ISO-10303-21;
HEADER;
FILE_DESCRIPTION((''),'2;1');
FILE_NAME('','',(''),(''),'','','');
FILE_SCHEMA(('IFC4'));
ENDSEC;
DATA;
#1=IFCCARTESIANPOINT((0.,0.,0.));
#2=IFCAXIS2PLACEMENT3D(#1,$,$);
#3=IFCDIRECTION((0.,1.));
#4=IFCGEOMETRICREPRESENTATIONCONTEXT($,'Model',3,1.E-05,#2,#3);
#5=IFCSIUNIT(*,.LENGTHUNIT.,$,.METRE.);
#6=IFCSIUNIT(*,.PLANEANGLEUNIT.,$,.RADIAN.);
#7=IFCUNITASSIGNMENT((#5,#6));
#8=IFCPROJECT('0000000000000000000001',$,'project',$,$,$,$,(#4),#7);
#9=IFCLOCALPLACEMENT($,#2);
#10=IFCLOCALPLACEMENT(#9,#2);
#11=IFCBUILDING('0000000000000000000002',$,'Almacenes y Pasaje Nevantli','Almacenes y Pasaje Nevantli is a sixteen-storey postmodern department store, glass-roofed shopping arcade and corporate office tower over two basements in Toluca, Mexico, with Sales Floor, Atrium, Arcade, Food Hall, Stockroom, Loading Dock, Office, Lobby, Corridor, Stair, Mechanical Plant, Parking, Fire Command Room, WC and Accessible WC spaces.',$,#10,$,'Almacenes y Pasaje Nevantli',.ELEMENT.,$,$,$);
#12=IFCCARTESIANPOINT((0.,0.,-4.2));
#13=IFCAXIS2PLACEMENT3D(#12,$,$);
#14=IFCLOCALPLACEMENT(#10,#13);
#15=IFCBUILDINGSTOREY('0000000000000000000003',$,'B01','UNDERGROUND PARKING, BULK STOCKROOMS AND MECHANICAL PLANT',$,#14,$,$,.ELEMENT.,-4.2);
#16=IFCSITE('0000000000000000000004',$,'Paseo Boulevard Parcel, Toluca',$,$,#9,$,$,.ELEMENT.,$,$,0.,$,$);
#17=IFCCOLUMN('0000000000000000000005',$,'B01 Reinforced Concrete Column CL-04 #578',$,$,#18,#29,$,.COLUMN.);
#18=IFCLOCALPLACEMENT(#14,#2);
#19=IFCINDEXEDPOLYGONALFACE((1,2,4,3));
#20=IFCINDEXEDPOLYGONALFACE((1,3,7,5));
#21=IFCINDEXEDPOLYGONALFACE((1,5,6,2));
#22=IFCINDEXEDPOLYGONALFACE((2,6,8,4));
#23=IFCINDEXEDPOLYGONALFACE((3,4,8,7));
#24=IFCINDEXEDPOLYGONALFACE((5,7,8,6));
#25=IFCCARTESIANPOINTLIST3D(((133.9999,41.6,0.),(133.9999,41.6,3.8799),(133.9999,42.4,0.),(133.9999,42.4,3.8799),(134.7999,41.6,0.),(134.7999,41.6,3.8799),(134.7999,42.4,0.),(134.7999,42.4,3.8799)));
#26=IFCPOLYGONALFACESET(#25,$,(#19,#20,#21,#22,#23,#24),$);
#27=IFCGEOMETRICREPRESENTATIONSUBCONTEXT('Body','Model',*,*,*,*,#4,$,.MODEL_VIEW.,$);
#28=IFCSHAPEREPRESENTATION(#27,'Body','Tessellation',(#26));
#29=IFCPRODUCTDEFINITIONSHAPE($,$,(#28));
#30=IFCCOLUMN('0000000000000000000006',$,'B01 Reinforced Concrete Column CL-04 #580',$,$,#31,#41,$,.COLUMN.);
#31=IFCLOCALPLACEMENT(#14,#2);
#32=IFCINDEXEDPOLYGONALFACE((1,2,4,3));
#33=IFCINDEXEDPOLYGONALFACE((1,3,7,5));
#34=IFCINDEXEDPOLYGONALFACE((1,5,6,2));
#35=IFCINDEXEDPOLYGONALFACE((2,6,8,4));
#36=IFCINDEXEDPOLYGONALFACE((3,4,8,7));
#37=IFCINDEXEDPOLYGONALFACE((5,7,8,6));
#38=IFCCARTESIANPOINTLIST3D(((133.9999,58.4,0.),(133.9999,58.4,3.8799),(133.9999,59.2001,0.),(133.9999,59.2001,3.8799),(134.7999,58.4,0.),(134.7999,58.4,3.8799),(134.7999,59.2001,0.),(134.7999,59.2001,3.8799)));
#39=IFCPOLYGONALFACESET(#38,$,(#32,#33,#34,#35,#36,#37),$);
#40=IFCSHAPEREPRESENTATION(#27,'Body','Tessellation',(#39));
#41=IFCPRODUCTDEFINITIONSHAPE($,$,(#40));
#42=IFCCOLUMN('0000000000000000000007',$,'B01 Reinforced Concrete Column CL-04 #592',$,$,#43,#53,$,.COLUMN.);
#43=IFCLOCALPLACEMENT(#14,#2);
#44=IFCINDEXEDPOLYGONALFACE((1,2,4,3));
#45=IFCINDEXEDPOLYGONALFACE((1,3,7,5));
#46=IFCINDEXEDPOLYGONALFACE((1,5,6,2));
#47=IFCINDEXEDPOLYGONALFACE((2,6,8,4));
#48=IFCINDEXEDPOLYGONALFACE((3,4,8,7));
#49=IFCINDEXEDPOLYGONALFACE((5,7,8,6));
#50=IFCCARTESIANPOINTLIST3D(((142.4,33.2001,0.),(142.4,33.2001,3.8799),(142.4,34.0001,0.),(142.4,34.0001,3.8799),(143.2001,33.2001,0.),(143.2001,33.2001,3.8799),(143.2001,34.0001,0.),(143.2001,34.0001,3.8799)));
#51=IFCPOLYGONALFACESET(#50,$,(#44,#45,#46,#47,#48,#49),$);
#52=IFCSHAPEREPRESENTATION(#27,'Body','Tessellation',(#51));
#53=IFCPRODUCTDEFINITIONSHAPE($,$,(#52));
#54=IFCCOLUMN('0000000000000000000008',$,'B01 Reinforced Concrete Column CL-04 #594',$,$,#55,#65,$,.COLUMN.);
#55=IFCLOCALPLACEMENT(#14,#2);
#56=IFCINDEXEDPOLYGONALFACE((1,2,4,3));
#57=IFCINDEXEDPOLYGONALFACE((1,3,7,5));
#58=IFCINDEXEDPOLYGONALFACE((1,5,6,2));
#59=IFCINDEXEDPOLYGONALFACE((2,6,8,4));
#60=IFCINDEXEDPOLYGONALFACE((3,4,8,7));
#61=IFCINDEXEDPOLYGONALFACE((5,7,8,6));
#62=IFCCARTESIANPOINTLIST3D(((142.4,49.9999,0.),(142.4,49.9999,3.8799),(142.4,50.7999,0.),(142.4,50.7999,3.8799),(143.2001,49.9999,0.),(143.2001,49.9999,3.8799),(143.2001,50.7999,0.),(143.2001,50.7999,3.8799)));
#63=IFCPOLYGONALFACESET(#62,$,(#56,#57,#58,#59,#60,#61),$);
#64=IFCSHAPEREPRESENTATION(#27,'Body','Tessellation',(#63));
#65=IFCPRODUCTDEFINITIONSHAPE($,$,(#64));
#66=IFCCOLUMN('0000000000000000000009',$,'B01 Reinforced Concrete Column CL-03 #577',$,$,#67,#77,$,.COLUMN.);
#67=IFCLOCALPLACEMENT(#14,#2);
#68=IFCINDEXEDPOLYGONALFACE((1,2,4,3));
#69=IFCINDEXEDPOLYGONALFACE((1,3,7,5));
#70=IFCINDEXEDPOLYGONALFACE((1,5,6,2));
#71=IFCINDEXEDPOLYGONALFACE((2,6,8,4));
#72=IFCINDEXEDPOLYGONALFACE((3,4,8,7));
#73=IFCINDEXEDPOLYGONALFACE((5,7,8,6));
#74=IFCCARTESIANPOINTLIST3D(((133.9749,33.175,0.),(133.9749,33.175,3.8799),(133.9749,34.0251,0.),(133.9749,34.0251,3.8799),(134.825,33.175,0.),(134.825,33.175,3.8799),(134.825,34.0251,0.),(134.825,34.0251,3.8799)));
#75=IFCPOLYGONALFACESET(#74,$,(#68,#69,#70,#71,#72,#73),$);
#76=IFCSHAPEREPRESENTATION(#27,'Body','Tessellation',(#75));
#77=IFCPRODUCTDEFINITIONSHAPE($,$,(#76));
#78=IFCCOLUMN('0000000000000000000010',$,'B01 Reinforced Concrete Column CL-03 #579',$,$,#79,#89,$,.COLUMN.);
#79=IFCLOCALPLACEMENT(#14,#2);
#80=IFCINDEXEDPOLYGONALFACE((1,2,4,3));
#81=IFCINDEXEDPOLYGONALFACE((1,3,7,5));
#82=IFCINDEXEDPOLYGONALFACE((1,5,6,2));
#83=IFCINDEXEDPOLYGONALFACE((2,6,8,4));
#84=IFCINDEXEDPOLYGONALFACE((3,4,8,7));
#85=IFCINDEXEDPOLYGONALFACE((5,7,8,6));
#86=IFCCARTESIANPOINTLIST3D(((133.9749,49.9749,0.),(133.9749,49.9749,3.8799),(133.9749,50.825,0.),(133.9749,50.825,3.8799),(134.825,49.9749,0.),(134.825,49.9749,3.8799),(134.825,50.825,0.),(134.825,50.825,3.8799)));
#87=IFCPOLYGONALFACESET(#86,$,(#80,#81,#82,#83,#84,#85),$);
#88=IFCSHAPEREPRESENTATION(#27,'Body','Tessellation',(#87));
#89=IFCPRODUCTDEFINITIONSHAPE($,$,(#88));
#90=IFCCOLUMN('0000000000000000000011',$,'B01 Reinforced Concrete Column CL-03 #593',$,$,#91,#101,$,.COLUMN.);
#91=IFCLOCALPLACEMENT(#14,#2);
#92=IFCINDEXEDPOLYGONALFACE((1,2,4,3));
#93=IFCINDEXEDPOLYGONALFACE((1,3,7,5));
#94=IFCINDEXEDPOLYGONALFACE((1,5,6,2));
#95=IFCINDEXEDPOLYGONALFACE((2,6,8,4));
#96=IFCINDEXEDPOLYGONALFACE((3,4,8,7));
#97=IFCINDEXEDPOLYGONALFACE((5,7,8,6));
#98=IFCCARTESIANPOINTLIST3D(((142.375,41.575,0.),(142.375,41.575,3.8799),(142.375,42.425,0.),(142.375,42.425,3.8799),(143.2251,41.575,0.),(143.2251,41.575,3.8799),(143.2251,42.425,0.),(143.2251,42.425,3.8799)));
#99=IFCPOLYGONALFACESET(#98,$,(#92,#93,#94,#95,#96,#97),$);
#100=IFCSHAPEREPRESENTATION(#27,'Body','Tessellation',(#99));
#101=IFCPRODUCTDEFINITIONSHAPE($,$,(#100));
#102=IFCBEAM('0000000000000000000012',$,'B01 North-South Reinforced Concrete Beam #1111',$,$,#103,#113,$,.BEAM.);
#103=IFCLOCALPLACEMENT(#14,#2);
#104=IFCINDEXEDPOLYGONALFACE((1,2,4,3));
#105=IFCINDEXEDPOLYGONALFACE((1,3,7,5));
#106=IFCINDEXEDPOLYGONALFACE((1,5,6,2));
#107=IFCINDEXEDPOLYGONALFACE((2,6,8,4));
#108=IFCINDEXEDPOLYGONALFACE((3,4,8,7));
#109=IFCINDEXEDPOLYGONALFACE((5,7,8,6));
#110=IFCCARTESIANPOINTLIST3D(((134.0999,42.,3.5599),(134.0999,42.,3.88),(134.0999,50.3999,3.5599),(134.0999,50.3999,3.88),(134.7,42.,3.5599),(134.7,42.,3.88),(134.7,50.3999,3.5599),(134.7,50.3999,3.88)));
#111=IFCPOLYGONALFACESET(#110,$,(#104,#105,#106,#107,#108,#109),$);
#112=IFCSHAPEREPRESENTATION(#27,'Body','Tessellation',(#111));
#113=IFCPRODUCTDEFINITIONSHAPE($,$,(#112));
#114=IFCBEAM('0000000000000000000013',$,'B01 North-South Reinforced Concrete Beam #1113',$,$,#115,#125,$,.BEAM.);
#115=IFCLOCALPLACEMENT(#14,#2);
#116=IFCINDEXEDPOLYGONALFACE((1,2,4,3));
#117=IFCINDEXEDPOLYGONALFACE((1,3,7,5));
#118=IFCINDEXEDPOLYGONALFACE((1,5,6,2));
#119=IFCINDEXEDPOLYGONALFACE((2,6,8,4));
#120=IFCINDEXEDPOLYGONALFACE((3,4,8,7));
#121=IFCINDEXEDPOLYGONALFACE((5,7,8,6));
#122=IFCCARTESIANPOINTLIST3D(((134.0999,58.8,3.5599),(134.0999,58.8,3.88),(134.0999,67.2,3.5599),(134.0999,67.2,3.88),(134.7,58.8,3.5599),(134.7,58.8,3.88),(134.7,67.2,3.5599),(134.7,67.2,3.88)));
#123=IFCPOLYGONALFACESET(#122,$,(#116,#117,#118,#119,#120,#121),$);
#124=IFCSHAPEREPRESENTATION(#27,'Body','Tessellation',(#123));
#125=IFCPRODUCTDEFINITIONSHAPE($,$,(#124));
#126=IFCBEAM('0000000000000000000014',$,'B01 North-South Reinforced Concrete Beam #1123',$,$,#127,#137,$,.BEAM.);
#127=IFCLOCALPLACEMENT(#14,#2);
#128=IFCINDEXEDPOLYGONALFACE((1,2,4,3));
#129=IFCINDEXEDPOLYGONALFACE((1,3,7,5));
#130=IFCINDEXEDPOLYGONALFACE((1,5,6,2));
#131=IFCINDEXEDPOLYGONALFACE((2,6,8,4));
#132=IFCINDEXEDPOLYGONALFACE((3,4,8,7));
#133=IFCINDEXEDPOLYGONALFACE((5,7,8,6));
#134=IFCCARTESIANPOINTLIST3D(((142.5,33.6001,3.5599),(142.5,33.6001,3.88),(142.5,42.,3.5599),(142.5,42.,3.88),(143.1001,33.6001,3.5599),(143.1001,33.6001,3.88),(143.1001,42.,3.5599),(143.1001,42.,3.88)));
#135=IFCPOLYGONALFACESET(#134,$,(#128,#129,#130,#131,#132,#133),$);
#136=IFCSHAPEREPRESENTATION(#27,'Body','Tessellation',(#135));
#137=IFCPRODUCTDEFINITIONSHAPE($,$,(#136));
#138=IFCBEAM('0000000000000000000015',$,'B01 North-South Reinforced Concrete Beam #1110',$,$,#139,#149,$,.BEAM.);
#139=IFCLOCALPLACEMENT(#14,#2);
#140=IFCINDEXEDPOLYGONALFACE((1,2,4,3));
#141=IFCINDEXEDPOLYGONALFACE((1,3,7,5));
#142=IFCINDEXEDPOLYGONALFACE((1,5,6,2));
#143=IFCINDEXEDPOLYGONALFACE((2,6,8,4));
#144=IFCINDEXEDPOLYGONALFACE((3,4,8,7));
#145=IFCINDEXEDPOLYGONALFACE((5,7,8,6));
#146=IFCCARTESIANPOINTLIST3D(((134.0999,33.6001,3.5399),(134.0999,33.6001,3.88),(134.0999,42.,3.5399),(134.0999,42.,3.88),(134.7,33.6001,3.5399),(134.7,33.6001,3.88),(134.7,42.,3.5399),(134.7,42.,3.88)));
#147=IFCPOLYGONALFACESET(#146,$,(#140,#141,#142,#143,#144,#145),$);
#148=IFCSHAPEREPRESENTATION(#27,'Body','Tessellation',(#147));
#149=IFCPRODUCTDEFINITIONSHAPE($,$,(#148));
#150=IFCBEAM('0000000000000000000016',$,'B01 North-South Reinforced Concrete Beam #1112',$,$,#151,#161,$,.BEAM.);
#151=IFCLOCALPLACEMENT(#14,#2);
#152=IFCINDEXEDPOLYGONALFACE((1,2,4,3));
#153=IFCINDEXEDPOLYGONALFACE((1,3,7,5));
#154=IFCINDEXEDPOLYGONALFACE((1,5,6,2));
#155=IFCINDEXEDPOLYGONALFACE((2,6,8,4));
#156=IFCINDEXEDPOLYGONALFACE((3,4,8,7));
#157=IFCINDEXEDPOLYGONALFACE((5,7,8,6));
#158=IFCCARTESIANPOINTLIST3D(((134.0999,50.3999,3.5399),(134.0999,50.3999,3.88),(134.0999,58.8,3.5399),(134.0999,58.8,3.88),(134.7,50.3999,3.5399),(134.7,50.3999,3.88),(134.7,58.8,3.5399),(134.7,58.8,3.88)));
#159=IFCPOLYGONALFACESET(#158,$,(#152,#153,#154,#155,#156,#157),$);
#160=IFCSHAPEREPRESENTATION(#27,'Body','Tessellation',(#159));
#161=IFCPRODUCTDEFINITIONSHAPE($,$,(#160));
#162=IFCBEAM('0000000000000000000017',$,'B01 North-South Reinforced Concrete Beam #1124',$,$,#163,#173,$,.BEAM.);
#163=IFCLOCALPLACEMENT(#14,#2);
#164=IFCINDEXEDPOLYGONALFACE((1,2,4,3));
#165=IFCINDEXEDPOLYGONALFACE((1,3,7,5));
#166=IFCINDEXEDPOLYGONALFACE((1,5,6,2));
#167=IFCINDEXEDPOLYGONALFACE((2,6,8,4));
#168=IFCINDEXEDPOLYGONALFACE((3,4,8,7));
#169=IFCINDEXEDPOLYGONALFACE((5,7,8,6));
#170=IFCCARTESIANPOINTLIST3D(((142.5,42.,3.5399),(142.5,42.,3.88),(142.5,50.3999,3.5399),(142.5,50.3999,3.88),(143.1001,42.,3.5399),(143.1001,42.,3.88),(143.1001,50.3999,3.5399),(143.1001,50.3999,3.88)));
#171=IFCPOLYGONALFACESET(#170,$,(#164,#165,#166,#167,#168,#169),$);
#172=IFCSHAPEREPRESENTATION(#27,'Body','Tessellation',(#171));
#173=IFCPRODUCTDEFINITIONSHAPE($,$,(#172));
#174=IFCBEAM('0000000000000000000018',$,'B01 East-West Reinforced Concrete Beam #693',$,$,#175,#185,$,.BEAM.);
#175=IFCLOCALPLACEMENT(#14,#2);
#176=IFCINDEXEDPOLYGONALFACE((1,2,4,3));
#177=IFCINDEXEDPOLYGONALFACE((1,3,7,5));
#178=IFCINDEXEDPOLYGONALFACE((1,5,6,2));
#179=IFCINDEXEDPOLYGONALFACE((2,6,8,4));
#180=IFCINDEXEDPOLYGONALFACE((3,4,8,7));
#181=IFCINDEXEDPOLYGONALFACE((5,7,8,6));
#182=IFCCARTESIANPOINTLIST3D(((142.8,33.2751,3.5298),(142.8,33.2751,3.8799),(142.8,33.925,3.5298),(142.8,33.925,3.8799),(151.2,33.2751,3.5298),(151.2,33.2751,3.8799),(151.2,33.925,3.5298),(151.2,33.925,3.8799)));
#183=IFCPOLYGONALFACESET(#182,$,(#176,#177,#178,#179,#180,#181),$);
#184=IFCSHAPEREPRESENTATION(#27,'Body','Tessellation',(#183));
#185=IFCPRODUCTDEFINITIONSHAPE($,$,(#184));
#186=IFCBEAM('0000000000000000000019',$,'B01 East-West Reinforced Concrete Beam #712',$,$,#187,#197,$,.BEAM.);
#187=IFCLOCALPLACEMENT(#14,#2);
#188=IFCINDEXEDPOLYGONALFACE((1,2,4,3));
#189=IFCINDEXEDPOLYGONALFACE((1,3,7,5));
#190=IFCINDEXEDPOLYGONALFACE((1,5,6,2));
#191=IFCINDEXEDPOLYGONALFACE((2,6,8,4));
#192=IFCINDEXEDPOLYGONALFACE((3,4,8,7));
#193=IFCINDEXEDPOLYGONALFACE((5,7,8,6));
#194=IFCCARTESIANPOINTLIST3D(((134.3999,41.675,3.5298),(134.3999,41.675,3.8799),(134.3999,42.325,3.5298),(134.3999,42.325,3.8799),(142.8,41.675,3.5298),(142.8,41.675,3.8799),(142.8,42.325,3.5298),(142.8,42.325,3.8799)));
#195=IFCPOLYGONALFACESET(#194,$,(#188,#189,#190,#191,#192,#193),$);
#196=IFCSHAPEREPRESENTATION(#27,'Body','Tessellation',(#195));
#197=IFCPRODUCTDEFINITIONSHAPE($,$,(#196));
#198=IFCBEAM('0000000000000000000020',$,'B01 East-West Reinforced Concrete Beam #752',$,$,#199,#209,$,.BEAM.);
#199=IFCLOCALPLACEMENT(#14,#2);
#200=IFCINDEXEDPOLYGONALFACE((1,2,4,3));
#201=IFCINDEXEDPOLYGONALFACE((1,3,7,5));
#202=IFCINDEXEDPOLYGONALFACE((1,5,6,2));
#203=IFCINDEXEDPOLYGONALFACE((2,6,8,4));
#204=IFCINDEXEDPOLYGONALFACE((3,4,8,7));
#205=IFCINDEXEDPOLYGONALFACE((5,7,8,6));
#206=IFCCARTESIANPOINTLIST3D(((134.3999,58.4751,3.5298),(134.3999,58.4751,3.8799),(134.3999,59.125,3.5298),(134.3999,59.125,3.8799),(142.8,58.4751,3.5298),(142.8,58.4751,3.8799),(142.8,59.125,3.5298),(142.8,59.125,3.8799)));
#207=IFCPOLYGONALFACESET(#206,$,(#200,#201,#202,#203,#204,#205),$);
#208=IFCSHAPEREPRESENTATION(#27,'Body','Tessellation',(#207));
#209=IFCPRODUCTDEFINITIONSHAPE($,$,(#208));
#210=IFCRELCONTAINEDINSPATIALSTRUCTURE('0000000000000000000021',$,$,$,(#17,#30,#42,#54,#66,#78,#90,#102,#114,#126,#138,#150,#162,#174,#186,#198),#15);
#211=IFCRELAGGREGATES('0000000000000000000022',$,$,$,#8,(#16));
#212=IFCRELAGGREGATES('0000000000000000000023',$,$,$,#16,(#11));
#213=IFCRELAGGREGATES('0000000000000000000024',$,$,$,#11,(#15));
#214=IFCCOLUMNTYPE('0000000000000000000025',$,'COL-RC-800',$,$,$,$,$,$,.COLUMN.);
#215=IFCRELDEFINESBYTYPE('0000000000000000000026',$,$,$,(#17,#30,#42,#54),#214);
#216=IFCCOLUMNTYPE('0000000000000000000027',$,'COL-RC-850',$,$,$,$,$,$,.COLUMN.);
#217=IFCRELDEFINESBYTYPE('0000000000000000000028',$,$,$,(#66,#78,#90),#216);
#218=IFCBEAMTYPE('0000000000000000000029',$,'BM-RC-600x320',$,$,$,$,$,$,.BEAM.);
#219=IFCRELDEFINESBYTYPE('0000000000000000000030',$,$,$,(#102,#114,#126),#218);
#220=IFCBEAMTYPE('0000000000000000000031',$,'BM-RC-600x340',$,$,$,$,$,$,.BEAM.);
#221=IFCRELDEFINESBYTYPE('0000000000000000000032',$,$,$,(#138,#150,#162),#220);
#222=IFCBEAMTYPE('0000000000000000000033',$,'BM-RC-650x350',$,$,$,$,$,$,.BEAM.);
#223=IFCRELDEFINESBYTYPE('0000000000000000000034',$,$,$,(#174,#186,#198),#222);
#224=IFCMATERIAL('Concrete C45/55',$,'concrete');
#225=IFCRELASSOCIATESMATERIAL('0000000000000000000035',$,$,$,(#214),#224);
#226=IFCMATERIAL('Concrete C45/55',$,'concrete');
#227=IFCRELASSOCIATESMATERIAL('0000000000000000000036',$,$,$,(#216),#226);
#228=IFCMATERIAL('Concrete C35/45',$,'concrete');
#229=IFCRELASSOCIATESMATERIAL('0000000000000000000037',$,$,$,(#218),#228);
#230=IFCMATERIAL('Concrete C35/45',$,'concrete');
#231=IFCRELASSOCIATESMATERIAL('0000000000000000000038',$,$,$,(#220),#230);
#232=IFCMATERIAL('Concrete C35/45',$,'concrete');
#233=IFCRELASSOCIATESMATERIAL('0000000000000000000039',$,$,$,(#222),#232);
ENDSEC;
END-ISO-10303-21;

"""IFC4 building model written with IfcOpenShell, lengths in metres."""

from ifc_helpers import new_model, si_unit, direction, frame, origin, origin_2d, place, context, subcontext, project, spatial, rectangle, extrude, material, material_profile, profile_set, type_object, element, save


model = new_model("IFC4")

# Units and contexts
model_context = context("Model", 3, precision=1e-05, world=origin(), true_north=direction((0.0, 1.0)))
body_context = subcontext(model_context, "Body", "Model", "MODEL_VIEW")
ifc_project = project(units=[si_unit("LENGTHUNIT", "METRE"), si_unit("PLANEANGLEUNIT", "RADIAN")], contexts=[model_context])

# Site, building, storey
site_placement = place(None, origin())
site = spatial("IfcSite", under=ifc_project, at=site_placement, Name="Paseo Boulevard Parcel, Toluca", CompositionType="ELEMENT", RefElevation=0.0)
building_placement = place(site_placement, origin())
building = spatial("IfcBuilding", under=site, at=building_placement, Name="Almacenes y Pasaje Nevantli", Description="Almacenes y Pasaje Nevantli is a sixteen-storey postmodern department store, glass-roofed shopping arcade and corporate office tower over two basements in Toluca, Mexico, with Sales Floor, Atrium, Arcade, Food Hall, Stockroom, Loading Dock, Office, Lobby, Corridor, Stair, Mechanical Plant, Parking, Fire Command Room, WC and Accessible WC spaces.", LongName="Almacenes y Pasaje Nevantli", CompositionType="ELEMENT")
storey_placement = place(building_placement, frame((0.0, 0.0, -4.2)))
storey = spatial("IfcBuildingStorey", under=building, at=storey_placement, Name="B01", Description="UNDERGROUND PARKING, BULK STOCKROOMS AND MECHANICAL PLANT", CompositionType="ELEMENT", Elevation=-4.2)

# Columns
ifc_material_1 = material(Name="Concrete C45/55", Category="concrete")
ifc_material_profile_1 = material_profile(ifc_material_1, rectangle(XDim=0.8, YDim=0.8, at=origin_2d()), Name="RC-COL-800x800")
ifc_profile_set_1 = profile_set([ifc_material_profile_1], Name="Concrete C45/55")
column_type_1 = type_object("IfcColumnType", Name="COL-RC-800", PredefinedType="COLUMN", material=ifc_profile_set_1)
for number, where, z_axis, x_axis, name in (
    (1, (134.3999, 42.0, 0.0), (0.0, 0.0, 1.0), (1.0, 0.0, 0.0), "B01 Reinforced Concrete Column CL-04 #578"),
    (2, (134.3999, 58.8, 0.0), (0.0, 0.0, 1.0), (1.0, 0.0, 0.0), "B01 Reinforced Concrete Column CL-04 #580"),
    (3, (142.8, 33.6001, 0.0), (0.0, 0.0, 1.0), (1.0, 0.0, 0.0), "B01 Reinforced Concrete Column CL-04 #592"),
    (4, (142.8, 50.3999, 0.0), (0.0, 0.0, 1.0), (1.0, 0.0, 0.0), "B01 Reinforced Concrete Column CL-04 #594"),
):
    element("IfcColumn", number, at=place(storey_placement, frame(where, z_axis=z_axis, x_axis=x_axis)), inside=storey, type_object=column_type_1, Name=name, PredefinedType="COLUMN", context=body_context, shape_type="SweptSolid", body=[
        extrude(rectangle(XDim=0.8, YDim=0.8, at=origin_2d()), origin(), (0.0, 0.0, 1.0), 3.8799),
    ])
ifc_material_2 = material(Name="Concrete C45/55", Category="concrete")
ifc_material_profile_2 = material_profile(ifc_material_2, rectangle(XDim=0.8501, YDim=0.8501, at=origin_2d()), Name="RC-COL-850x850")
ifc_profile_set_2 = profile_set([ifc_material_profile_2], Name="Concrete C45/55")
column_type_2 = type_object("IfcColumnType", Name="COL-RC-850", PredefinedType="COLUMN", material=ifc_profile_set_2)
for number, where, z_axis, x_axis, name in (
    (5, (134.3999, 33.6001, 0.0), (0.0, 0.0, 1.0), (1.0, 0.0, 0.0), "B01 Reinforced Concrete Column CL-03 #577"),
    (6, (134.3999, 50.3999, 0.0), (0.0, 0.0, 1.0), (1.0, 0.0, 0.0), "B01 Reinforced Concrete Column CL-03 #579"),
    (7, (142.8, 42.0, 0.0), (0.0, 0.0, 1.0), (1.0, 0.0, 0.0), "B01 Reinforced Concrete Column CL-03 #593"),
):
    element("IfcColumn", number, at=place(storey_placement, frame(where, z_axis=z_axis, x_axis=x_axis)), inside=storey, type_object=column_type_2, Name=name, PredefinedType="COLUMN", context=body_context, shape_type="SweptSolid", body=[
        extrude(rectangle(XDim=0.8501, YDim=0.8501, at=origin_2d()), origin(), (0.0, 0.0, 1.0), 3.8799),
    ])

# Beams
ifc_material_3 = material(Name="Concrete C35/45", Category="concrete")
ifc_material_profile_3 = material_profile(ifc_material_3, rectangle(XDim=0.6001, YDim=0.3201, at=origin_2d()), Name="RC-BM-600x320")
ifc_profile_set_3 = profile_set([ifc_material_profile_3], Name="Concrete C35/45")
beam_type_1 = type_object("IfcBeamType", Name="BM-RC-600x320", PredefinedType="BEAM", material=ifc_profile_set_3)
for number, where, z_axis, x_axis, name in (
    (8, (134.3999, 42.0, 3.72), (0.0, 1.0, 0.0), (-1.0, 0.0, 0.0), "B01 North-South Reinforced Concrete Beam #1111"),
    (9, (134.3999, 58.8, 3.72), (0.0, 1.0, 0.0), (-1.0, 0.0, 0.0), "B01 North-South Reinforced Concrete Beam #1113"),
    (10, (142.8, 33.6001, 3.72), (0.0, 1.0, 0.0), (-1.0, 0.0, 0.0), "B01 North-South Reinforced Concrete Beam #1123"),
):
    element("IfcBeam", number, at=place(storey_placement, frame(where, z_axis=z_axis, x_axis=x_axis)), inside=storey, type_object=beam_type_1, Name=name, PredefinedType="BEAM", context=body_context, shape_type="SweptSolid", body=[
        extrude(rectangle(XDim=0.6001, YDim=0.3201, at=origin_2d()), origin(), (0.0, 0.0, 1.0), 8.3999),
    ])
ifc_material_4 = material(Name="Concrete C35/45", Category="concrete")
ifc_material_profile_4 = material_profile(ifc_material_4, rectangle(XDim=0.6001, YDim=0.3401, at=origin_2d()), Name="RC-BM-600x340")
ifc_profile_set_4 = profile_set([ifc_material_profile_4], Name="Concrete C35/45")
beam_type_2 = type_object("IfcBeamType", Name="BM-RC-600x340", PredefinedType="BEAM", material=ifc_profile_set_4)
beam_1_placement = place(storey_placement, frame((134.3999, 33.6001, 3.71), z_axis=(0.0, 1.0, 0.0), x_axis=(-1.0, 0.0, 0.0)))
element("IfcBeam", 11, at=beam_1_placement, inside=storey, type_object=beam_type_2, Name="B01 North-South Reinforced Concrete Beam #1110", PredefinedType="BEAM", context=body_context, shape_type="SweptSolid", body=[
    extrude(rectangle(XDim=0.6001, YDim=0.3401, at=origin_2d()), origin(), (0.0, 0.0, 1.0), 8.3999),
])
beam_2_placement = place(storey_placement, frame((134.3999, 50.3999, 3.71), z_axis=(0.0, 1.0, 0.0), x_axis=(-1.0, 0.0, 0.0)))
element("IfcBeam", 12, at=beam_2_placement, inside=storey, type_object=beam_type_2, Name="B01 North-South Reinforced Concrete Beam #1112", PredefinedType="BEAM", context=body_context, shape_type="SweptSolid", body=[
    extrude(rectangle(XDim=0.6001, YDim=0.3401, at=origin_2d()), origin(), (0.0, 0.0, 1.0), 8.4001),
])
beam_3_placement = place(storey_placement, frame((142.8, 42.0, 3.71), z_axis=(0.0, 1.0, 0.0), x_axis=(-1.0, 0.0, 0.0)))
element("IfcBeam", 13, at=beam_3_placement, inside=storey, type_object=beam_type_2, Name="B01 North-South Reinforced Concrete Beam #1124", PredefinedType="BEAM", context=body_context, shape_type="SweptSolid", body=[
    extrude(rectangle(XDim=0.6001, YDim=0.3401, at=origin_2d()), origin(), (0.0, 0.0, 1.0), 8.3999),
])
ifc_material_5 = material(Name="Concrete C35/45", Category="concrete")
ifc_material_profile_5 = material_profile(ifc_material_5, rectangle(XDim=0.6499, YDim=0.3501, at=origin_2d()), Name="RC-BM-650x350")
ifc_profile_set_5 = profile_set([ifc_material_profile_5], Name="Concrete C35/45")
beam_type_3 = type_object("IfcBeamType", Name="BM-RC-650x350", PredefinedType="BEAM", material=ifc_profile_set_5)
beam_4_placement = place(storey_placement, frame((142.8, 33.6001, 3.7048), z_axis=(1.0, 0.0, 0.0), x_axis=(0.0, 1.0, 0.0)))
element("IfcBeam", 14, at=beam_4_placement, inside=storey, type_object=beam_type_3, Name="B01 East-West Reinforced Concrete Beam #693", PredefinedType="BEAM", context=body_context, shape_type="SweptSolid", body=[
    extrude(rectangle(XDim=0.6499, YDim=0.3501, at=origin_2d()), origin(), (0.0, 0.0, 1.0), 8.3999),
])
for number, where, z_axis, x_axis, name in (
    (15, (134.3999, 42.0, 3.7048), (1.0, 0.0, 0.0), (0.0, 1.0, 0.0), "B01 East-West Reinforced Concrete Beam #712"),
    (16, (134.3999, 58.8, 3.7048), (1.0, 0.0, 0.0), (0.0, 1.0, 0.0), "B01 East-West Reinforced Concrete Beam #752"),
):
    element("IfcBeam", number, at=place(storey_placement, frame(where, z_axis=z_axis, x_axis=x_axis)), inside=storey, type_object=beam_type_3, Name=name, PredefinedType="BEAM", context=body_context, shape_type="SweptSolid", body=[
        extrude(rectangle(XDim=0.6499, YDim=0.3501, at=origin_2d()), origin(), (0.0, 0.0, 1.0), 8.4001),
    ])

save(model, "model.ifc")
